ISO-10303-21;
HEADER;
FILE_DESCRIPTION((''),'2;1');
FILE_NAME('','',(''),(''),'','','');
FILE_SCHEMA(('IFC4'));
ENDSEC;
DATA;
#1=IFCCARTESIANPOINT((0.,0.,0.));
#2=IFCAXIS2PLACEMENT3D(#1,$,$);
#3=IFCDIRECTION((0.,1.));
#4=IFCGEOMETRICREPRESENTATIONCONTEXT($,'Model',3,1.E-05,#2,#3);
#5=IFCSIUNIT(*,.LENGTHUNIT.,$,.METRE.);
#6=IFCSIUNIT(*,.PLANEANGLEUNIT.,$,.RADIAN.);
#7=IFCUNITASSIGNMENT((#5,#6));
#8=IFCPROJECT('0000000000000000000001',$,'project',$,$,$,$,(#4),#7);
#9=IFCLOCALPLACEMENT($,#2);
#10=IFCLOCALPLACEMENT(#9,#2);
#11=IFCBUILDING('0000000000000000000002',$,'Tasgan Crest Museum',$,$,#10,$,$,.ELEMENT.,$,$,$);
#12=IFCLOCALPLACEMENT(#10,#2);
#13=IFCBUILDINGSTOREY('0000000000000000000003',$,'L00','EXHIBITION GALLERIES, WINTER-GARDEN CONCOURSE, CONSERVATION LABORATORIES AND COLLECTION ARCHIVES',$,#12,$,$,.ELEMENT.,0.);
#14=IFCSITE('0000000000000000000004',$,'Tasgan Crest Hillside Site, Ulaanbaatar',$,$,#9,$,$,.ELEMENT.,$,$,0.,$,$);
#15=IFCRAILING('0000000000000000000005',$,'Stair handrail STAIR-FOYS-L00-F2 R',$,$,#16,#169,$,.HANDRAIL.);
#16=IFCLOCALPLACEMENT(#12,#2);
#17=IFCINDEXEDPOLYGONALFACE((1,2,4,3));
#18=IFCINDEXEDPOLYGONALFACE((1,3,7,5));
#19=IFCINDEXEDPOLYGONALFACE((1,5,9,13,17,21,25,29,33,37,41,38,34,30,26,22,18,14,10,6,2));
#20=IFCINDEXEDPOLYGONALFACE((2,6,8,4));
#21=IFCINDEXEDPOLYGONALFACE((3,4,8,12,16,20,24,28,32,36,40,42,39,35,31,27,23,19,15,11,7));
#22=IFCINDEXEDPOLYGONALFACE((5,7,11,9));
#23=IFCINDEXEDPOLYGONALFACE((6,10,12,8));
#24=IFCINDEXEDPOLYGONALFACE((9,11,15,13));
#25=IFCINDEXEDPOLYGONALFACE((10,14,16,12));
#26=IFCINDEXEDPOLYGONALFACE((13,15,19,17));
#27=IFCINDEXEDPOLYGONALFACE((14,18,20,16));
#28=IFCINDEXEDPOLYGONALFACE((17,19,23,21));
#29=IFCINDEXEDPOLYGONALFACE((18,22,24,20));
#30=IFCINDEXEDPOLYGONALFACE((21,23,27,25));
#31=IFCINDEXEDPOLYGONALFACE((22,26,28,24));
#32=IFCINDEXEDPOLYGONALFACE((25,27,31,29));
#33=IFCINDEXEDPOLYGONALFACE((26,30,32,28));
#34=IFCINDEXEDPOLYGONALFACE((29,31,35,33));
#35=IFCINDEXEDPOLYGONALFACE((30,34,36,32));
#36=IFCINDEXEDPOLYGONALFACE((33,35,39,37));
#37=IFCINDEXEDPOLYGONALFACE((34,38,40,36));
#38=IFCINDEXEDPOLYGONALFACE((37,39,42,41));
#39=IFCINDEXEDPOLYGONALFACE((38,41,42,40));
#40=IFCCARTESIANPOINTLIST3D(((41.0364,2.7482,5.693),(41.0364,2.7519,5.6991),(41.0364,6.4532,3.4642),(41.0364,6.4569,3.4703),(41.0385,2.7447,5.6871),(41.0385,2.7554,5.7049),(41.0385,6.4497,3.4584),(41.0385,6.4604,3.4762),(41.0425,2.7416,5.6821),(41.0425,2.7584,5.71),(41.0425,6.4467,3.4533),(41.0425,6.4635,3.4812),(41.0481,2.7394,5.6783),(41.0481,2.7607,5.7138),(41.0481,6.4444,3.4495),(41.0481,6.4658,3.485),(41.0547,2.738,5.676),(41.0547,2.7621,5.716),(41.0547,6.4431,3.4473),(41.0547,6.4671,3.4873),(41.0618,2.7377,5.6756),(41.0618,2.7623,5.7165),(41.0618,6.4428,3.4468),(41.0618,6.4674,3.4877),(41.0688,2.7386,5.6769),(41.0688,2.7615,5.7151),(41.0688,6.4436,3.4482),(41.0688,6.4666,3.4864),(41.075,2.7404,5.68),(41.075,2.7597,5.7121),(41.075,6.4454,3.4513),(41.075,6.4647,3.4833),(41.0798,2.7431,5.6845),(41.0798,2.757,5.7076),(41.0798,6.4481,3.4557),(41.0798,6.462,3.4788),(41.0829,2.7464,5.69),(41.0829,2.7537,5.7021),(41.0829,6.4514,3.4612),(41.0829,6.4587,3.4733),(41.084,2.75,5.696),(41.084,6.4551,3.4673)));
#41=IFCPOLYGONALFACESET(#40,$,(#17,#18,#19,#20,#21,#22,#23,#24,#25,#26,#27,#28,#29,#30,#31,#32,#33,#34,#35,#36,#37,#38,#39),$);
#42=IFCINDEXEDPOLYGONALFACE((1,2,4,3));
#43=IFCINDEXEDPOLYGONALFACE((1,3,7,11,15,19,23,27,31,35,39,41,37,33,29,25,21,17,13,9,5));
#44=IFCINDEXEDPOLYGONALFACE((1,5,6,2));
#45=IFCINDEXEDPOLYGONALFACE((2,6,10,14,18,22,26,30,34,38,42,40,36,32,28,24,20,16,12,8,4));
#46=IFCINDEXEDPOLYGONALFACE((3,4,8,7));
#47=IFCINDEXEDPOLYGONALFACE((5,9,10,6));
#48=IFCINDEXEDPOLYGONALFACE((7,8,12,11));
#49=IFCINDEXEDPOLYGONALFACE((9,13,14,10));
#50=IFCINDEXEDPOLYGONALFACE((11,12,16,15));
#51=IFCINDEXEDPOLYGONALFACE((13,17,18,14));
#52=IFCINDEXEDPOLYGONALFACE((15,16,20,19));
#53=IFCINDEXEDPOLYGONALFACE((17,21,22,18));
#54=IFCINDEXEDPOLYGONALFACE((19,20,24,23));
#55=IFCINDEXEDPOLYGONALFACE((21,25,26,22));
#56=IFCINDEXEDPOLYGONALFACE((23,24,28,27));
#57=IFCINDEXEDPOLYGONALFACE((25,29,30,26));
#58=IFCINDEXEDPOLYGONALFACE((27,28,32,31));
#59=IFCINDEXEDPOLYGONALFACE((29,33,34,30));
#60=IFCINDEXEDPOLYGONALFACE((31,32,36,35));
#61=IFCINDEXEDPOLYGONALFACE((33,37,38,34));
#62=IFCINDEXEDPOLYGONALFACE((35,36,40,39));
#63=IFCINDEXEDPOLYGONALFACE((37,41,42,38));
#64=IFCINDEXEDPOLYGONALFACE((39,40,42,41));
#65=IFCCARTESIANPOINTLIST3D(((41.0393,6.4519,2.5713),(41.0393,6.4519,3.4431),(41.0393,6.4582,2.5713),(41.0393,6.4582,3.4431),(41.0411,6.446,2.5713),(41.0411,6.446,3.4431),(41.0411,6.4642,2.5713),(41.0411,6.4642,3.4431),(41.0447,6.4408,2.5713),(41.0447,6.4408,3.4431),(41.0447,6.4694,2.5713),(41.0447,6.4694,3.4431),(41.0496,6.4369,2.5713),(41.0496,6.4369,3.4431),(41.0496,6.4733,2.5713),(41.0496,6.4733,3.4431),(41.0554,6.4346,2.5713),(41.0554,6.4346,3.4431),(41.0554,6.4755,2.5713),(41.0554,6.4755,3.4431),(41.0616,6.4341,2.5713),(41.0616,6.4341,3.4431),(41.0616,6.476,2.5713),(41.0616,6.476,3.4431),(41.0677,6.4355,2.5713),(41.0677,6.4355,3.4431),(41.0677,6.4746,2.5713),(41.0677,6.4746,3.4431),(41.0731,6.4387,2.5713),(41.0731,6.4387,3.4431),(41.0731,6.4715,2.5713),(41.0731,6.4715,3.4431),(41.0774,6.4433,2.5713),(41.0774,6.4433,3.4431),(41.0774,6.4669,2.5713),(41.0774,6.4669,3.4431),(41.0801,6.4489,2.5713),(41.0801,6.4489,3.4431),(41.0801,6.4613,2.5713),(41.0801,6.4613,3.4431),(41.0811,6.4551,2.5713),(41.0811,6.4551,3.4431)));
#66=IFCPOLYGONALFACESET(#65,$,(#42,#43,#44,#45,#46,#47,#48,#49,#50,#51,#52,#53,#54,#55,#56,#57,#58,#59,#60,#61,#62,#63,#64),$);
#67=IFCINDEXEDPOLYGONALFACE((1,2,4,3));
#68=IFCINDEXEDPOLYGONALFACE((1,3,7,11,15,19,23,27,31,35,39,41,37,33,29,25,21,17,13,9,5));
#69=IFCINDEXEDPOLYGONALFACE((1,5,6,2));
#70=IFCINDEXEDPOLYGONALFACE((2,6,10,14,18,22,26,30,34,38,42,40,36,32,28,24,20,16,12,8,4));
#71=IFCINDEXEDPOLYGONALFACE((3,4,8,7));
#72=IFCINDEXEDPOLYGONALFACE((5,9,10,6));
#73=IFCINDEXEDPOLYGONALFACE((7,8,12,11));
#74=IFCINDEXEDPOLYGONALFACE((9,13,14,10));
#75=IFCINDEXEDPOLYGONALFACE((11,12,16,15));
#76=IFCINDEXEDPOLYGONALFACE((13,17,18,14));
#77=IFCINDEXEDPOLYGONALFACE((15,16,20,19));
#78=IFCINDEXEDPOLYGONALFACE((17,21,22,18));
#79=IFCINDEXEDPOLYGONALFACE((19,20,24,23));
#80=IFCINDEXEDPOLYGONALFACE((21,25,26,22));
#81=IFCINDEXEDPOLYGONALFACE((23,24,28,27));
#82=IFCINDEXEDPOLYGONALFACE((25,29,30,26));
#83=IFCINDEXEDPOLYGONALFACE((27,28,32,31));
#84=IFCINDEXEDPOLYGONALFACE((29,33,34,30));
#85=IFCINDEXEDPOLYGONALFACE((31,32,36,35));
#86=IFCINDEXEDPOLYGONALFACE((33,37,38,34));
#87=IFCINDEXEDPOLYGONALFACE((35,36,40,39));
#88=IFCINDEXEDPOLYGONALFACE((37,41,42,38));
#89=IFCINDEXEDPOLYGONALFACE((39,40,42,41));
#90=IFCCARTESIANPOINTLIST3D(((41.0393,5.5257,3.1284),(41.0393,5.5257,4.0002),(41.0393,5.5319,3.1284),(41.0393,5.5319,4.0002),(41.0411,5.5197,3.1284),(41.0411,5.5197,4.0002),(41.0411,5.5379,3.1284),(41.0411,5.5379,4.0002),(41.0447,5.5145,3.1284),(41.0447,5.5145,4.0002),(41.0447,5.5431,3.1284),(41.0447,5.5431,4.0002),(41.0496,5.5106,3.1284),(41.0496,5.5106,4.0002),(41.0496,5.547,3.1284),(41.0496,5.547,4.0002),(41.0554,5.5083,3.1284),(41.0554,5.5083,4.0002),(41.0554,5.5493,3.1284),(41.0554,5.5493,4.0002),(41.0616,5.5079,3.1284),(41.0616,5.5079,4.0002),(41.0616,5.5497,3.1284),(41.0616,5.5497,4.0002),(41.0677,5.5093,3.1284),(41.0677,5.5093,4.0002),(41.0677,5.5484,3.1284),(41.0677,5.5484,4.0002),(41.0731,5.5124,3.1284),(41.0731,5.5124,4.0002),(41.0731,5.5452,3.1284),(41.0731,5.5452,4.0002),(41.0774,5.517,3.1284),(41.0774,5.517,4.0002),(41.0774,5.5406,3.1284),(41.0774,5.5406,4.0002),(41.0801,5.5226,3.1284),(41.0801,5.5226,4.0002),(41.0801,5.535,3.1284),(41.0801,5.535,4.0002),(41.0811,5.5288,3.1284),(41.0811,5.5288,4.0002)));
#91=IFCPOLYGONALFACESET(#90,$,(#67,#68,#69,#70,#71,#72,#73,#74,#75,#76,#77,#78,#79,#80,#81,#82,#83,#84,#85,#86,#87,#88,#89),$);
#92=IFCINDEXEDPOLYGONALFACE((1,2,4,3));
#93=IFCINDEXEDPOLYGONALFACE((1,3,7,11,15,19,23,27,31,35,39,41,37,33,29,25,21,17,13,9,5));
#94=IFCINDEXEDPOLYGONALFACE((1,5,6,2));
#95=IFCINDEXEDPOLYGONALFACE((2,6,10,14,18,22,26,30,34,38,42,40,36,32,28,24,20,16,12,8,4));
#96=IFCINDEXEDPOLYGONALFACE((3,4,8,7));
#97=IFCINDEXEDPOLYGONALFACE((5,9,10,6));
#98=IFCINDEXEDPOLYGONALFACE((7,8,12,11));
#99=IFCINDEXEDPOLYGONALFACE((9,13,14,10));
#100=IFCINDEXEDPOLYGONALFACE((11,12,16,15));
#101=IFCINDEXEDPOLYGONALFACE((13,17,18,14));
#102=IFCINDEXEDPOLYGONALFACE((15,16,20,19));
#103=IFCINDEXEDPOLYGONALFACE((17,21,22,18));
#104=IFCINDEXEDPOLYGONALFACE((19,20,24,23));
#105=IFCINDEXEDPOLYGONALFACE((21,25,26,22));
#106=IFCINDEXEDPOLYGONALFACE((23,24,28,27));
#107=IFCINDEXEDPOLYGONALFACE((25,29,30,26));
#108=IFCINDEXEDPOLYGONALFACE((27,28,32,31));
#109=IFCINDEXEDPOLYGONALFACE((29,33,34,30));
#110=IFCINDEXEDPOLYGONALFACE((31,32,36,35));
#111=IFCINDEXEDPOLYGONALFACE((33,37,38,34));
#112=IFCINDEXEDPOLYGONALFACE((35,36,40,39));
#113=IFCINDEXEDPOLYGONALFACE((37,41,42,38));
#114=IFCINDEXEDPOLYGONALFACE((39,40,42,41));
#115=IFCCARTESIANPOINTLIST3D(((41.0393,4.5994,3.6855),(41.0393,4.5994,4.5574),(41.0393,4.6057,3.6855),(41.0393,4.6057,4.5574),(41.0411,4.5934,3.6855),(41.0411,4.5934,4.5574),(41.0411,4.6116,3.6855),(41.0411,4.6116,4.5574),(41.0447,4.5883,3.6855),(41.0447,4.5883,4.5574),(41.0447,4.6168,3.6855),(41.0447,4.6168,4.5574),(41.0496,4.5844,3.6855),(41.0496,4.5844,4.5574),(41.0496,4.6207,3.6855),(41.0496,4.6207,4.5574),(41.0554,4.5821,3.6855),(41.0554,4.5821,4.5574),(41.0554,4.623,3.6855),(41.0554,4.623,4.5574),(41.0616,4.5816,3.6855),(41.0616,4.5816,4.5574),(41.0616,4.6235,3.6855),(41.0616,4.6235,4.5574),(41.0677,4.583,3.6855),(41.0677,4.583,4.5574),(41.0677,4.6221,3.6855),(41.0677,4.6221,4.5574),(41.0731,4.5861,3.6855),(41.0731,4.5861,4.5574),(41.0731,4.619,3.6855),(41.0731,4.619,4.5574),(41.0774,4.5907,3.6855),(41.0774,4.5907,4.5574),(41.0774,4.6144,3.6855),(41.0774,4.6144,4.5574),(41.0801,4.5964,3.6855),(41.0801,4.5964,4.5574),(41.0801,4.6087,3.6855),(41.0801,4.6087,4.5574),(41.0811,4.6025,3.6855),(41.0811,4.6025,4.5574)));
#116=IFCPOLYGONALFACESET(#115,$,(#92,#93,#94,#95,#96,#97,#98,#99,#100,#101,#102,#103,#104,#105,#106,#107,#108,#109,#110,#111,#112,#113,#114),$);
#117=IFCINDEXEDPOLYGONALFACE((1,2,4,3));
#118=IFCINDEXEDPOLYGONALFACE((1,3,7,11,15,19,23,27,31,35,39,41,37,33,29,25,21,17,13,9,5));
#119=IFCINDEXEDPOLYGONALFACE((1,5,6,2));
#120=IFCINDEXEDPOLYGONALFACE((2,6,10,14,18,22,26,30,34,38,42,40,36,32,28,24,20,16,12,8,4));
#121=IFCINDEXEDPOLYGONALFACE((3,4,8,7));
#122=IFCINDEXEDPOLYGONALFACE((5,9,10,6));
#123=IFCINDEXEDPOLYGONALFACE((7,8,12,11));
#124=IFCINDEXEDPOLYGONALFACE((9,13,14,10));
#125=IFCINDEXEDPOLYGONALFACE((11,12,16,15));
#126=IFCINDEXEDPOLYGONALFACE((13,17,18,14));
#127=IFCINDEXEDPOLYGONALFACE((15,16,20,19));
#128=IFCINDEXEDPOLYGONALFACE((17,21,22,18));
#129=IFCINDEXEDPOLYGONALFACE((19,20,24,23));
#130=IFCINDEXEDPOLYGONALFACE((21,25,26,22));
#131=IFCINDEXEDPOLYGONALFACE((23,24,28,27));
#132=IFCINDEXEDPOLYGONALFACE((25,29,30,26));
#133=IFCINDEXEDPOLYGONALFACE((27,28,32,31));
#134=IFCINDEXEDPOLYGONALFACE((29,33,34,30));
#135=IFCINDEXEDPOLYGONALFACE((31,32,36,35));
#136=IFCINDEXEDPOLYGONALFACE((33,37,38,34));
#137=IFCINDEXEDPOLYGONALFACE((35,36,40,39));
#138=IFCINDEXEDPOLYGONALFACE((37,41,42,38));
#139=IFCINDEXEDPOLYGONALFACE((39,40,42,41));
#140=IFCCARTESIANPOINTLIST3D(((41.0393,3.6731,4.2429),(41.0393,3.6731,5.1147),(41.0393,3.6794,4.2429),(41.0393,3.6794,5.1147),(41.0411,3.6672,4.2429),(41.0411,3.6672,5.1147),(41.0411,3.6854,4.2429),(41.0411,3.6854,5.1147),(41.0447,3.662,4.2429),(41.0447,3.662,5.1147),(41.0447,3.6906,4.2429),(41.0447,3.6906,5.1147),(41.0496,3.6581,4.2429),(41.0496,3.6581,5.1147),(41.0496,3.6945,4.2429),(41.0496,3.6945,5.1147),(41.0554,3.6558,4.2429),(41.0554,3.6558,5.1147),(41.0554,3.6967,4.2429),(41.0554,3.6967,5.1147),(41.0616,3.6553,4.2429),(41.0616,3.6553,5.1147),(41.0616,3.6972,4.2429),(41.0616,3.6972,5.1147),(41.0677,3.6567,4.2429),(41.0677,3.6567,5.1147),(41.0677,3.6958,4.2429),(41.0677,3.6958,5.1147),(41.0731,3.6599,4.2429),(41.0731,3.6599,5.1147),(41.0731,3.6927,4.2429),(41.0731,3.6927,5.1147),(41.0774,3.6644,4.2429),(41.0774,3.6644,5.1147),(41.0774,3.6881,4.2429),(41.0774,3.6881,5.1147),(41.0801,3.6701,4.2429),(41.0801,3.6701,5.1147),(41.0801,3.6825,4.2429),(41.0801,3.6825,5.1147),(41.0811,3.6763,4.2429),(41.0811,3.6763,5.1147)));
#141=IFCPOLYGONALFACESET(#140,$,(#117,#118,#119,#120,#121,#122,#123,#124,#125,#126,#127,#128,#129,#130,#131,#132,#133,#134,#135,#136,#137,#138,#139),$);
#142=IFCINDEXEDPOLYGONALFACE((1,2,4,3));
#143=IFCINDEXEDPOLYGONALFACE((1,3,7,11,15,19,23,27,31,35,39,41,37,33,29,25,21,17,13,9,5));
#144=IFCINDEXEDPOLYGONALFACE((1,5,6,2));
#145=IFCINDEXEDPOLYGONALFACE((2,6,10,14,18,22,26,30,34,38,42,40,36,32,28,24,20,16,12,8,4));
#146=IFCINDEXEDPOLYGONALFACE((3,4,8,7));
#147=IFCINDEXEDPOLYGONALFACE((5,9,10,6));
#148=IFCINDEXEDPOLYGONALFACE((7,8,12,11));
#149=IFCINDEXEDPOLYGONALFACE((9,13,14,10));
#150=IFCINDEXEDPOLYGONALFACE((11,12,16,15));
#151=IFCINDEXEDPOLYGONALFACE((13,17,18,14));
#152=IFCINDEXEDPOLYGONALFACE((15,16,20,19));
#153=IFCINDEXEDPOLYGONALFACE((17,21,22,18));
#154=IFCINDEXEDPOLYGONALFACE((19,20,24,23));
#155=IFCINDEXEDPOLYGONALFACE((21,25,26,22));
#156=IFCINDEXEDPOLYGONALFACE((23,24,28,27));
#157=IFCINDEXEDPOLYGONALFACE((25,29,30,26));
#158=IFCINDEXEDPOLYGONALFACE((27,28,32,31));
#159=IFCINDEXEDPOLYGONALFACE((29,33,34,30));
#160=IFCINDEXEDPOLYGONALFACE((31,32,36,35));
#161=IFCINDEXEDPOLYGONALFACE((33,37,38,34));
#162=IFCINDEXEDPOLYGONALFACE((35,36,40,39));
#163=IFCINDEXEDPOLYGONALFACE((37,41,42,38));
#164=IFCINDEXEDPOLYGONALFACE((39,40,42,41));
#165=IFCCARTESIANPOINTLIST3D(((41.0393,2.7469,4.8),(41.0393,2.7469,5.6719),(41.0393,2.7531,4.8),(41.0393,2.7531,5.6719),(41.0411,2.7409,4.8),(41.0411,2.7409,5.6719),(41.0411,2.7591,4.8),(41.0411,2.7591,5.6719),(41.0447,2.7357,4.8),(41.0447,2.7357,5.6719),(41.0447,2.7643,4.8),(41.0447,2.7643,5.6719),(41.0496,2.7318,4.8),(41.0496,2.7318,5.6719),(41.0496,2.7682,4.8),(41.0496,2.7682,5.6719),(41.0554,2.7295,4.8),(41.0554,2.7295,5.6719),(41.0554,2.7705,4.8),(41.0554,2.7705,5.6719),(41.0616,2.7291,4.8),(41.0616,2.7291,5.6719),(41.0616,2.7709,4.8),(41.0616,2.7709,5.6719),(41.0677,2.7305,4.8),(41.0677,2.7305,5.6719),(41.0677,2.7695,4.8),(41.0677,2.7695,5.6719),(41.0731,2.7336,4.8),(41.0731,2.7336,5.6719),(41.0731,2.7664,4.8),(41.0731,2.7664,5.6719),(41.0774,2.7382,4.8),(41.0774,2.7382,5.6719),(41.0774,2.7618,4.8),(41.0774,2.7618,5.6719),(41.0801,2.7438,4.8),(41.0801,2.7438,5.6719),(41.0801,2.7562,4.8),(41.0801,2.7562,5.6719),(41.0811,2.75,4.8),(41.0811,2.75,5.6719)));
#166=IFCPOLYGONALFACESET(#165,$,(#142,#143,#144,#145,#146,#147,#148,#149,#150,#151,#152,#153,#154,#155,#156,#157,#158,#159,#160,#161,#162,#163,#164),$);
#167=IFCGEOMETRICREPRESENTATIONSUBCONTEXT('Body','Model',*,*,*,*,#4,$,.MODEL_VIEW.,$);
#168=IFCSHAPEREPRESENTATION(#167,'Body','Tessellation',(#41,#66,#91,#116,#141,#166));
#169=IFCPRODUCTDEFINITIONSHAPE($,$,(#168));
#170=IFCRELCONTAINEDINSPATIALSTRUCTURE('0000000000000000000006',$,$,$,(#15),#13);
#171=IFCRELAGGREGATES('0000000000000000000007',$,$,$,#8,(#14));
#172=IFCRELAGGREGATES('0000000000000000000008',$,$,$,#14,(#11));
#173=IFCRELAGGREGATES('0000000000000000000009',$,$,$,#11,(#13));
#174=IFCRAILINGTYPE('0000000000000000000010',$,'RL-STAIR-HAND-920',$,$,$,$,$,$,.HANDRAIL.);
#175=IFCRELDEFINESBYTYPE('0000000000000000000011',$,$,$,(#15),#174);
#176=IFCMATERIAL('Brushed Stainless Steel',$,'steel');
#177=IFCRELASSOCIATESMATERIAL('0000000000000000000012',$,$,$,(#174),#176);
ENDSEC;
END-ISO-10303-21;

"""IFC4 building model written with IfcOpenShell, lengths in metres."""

from ifc_helpers import new_model, si_unit, direction, frame, origin, origin_2d, place, context, subcontext, project, spatial, circle, extrude, material, type_object, element, save


model = new_model("IFC4")

# Units and contexts
model_context = context("Model", 3, precision=1e-05, world=origin(), true_north=direction((0.0, 1.0)))
body_context = subcontext(model_context, "Body", "Model", "MODEL_VIEW")
ifc_project = project(units=[si_unit("LENGTHUNIT", "METRE"), si_unit("PLANEANGLEUNIT", "RADIAN")], contexts=[model_context])

# Site, building, storey
site_placement = place(None, origin())
site = spatial("IfcSite", under=ifc_project, at=site_placement, Name="Tasgan Crest Hillside Site, Ulaanbaatar", CompositionType="ELEMENT", RefElevation=0.0)
building_placement = place(site_placement, origin())
building = spatial("IfcBuilding", under=site, at=building_placement, Name="Tasgan Crest Museum", CompositionType="ELEMENT")
storey_placement = place(building_placement, origin())
storey = spatial("IfcBuildingStorey", under=building, at=storey_placement, Name="L00", Description="EXHIBITION GALLERIES, WINTER-GARDEN CONCOURSE, CONSERVATION LABORATORIES AND COLLECTION ARCHIVES", CompositionType="ELEMENT", Elevation=0.0)

# Railing
ifc_material_1 = material(Name="Brushed Stainless Steel", Category="steel")
railing_type_1 = type_object("IfcRailingType", Name="RL-STAIR-HAND-920", PredefinedType="HANDRAIL", material=ifc_material_1)
for number, where, name in (
    (1, (41.0601, 6.4551, 2.5713), "Stair handrail STAIR-FOYS-L00-F2 R"),
):
    element("IfcRailing", number, at=place(storey_placement, frame(where)), inside=storey, type_object=railing_type_1, Name=name, PredefinedType="HANDRAIL", context=body_context, shape_type="SweptSolid", body=[
        extrude(circle(Radius=0.0239, at=origin_2d()), frame((0.0, 0.0, 0.896), z_axis=(0.0, -0.856909, 0.515467), x_axis=(1.0, 0.0, 0.0)), (0.0, 0.0, 1.0), 4.3237),
        extrude(circle(Radius=0.021, at=origin_2d()), origin(), (0.0, 0.0, 1.0), 0.8718),
        extrude(circle(Radius=0.021, at=origin_2d()), frame((0.0, -0.9263, 0.5571)), (0.0, 0.0, 1.0), 0.8718),
        extrude(circle(Radius=0.021, at=origin_2d()), frame((0.0, -1.8525, 1.1143)), (0.0, 0.0, 1.0), 0.8718),
        extrude(circle(Radius=0.021, at=origin_2d()), frame((0.0, -2.7788, 1.6716)), (0.0, 0.0, 1.0), 0.8718),
        extrude(circle(Radius=0.021, at=origin_2d()), frame((0.0, -3.7051, 2.2288)), (0.0, 0.0, 1.0), 0.8718),
    ])

save(model, "model.ifc")
